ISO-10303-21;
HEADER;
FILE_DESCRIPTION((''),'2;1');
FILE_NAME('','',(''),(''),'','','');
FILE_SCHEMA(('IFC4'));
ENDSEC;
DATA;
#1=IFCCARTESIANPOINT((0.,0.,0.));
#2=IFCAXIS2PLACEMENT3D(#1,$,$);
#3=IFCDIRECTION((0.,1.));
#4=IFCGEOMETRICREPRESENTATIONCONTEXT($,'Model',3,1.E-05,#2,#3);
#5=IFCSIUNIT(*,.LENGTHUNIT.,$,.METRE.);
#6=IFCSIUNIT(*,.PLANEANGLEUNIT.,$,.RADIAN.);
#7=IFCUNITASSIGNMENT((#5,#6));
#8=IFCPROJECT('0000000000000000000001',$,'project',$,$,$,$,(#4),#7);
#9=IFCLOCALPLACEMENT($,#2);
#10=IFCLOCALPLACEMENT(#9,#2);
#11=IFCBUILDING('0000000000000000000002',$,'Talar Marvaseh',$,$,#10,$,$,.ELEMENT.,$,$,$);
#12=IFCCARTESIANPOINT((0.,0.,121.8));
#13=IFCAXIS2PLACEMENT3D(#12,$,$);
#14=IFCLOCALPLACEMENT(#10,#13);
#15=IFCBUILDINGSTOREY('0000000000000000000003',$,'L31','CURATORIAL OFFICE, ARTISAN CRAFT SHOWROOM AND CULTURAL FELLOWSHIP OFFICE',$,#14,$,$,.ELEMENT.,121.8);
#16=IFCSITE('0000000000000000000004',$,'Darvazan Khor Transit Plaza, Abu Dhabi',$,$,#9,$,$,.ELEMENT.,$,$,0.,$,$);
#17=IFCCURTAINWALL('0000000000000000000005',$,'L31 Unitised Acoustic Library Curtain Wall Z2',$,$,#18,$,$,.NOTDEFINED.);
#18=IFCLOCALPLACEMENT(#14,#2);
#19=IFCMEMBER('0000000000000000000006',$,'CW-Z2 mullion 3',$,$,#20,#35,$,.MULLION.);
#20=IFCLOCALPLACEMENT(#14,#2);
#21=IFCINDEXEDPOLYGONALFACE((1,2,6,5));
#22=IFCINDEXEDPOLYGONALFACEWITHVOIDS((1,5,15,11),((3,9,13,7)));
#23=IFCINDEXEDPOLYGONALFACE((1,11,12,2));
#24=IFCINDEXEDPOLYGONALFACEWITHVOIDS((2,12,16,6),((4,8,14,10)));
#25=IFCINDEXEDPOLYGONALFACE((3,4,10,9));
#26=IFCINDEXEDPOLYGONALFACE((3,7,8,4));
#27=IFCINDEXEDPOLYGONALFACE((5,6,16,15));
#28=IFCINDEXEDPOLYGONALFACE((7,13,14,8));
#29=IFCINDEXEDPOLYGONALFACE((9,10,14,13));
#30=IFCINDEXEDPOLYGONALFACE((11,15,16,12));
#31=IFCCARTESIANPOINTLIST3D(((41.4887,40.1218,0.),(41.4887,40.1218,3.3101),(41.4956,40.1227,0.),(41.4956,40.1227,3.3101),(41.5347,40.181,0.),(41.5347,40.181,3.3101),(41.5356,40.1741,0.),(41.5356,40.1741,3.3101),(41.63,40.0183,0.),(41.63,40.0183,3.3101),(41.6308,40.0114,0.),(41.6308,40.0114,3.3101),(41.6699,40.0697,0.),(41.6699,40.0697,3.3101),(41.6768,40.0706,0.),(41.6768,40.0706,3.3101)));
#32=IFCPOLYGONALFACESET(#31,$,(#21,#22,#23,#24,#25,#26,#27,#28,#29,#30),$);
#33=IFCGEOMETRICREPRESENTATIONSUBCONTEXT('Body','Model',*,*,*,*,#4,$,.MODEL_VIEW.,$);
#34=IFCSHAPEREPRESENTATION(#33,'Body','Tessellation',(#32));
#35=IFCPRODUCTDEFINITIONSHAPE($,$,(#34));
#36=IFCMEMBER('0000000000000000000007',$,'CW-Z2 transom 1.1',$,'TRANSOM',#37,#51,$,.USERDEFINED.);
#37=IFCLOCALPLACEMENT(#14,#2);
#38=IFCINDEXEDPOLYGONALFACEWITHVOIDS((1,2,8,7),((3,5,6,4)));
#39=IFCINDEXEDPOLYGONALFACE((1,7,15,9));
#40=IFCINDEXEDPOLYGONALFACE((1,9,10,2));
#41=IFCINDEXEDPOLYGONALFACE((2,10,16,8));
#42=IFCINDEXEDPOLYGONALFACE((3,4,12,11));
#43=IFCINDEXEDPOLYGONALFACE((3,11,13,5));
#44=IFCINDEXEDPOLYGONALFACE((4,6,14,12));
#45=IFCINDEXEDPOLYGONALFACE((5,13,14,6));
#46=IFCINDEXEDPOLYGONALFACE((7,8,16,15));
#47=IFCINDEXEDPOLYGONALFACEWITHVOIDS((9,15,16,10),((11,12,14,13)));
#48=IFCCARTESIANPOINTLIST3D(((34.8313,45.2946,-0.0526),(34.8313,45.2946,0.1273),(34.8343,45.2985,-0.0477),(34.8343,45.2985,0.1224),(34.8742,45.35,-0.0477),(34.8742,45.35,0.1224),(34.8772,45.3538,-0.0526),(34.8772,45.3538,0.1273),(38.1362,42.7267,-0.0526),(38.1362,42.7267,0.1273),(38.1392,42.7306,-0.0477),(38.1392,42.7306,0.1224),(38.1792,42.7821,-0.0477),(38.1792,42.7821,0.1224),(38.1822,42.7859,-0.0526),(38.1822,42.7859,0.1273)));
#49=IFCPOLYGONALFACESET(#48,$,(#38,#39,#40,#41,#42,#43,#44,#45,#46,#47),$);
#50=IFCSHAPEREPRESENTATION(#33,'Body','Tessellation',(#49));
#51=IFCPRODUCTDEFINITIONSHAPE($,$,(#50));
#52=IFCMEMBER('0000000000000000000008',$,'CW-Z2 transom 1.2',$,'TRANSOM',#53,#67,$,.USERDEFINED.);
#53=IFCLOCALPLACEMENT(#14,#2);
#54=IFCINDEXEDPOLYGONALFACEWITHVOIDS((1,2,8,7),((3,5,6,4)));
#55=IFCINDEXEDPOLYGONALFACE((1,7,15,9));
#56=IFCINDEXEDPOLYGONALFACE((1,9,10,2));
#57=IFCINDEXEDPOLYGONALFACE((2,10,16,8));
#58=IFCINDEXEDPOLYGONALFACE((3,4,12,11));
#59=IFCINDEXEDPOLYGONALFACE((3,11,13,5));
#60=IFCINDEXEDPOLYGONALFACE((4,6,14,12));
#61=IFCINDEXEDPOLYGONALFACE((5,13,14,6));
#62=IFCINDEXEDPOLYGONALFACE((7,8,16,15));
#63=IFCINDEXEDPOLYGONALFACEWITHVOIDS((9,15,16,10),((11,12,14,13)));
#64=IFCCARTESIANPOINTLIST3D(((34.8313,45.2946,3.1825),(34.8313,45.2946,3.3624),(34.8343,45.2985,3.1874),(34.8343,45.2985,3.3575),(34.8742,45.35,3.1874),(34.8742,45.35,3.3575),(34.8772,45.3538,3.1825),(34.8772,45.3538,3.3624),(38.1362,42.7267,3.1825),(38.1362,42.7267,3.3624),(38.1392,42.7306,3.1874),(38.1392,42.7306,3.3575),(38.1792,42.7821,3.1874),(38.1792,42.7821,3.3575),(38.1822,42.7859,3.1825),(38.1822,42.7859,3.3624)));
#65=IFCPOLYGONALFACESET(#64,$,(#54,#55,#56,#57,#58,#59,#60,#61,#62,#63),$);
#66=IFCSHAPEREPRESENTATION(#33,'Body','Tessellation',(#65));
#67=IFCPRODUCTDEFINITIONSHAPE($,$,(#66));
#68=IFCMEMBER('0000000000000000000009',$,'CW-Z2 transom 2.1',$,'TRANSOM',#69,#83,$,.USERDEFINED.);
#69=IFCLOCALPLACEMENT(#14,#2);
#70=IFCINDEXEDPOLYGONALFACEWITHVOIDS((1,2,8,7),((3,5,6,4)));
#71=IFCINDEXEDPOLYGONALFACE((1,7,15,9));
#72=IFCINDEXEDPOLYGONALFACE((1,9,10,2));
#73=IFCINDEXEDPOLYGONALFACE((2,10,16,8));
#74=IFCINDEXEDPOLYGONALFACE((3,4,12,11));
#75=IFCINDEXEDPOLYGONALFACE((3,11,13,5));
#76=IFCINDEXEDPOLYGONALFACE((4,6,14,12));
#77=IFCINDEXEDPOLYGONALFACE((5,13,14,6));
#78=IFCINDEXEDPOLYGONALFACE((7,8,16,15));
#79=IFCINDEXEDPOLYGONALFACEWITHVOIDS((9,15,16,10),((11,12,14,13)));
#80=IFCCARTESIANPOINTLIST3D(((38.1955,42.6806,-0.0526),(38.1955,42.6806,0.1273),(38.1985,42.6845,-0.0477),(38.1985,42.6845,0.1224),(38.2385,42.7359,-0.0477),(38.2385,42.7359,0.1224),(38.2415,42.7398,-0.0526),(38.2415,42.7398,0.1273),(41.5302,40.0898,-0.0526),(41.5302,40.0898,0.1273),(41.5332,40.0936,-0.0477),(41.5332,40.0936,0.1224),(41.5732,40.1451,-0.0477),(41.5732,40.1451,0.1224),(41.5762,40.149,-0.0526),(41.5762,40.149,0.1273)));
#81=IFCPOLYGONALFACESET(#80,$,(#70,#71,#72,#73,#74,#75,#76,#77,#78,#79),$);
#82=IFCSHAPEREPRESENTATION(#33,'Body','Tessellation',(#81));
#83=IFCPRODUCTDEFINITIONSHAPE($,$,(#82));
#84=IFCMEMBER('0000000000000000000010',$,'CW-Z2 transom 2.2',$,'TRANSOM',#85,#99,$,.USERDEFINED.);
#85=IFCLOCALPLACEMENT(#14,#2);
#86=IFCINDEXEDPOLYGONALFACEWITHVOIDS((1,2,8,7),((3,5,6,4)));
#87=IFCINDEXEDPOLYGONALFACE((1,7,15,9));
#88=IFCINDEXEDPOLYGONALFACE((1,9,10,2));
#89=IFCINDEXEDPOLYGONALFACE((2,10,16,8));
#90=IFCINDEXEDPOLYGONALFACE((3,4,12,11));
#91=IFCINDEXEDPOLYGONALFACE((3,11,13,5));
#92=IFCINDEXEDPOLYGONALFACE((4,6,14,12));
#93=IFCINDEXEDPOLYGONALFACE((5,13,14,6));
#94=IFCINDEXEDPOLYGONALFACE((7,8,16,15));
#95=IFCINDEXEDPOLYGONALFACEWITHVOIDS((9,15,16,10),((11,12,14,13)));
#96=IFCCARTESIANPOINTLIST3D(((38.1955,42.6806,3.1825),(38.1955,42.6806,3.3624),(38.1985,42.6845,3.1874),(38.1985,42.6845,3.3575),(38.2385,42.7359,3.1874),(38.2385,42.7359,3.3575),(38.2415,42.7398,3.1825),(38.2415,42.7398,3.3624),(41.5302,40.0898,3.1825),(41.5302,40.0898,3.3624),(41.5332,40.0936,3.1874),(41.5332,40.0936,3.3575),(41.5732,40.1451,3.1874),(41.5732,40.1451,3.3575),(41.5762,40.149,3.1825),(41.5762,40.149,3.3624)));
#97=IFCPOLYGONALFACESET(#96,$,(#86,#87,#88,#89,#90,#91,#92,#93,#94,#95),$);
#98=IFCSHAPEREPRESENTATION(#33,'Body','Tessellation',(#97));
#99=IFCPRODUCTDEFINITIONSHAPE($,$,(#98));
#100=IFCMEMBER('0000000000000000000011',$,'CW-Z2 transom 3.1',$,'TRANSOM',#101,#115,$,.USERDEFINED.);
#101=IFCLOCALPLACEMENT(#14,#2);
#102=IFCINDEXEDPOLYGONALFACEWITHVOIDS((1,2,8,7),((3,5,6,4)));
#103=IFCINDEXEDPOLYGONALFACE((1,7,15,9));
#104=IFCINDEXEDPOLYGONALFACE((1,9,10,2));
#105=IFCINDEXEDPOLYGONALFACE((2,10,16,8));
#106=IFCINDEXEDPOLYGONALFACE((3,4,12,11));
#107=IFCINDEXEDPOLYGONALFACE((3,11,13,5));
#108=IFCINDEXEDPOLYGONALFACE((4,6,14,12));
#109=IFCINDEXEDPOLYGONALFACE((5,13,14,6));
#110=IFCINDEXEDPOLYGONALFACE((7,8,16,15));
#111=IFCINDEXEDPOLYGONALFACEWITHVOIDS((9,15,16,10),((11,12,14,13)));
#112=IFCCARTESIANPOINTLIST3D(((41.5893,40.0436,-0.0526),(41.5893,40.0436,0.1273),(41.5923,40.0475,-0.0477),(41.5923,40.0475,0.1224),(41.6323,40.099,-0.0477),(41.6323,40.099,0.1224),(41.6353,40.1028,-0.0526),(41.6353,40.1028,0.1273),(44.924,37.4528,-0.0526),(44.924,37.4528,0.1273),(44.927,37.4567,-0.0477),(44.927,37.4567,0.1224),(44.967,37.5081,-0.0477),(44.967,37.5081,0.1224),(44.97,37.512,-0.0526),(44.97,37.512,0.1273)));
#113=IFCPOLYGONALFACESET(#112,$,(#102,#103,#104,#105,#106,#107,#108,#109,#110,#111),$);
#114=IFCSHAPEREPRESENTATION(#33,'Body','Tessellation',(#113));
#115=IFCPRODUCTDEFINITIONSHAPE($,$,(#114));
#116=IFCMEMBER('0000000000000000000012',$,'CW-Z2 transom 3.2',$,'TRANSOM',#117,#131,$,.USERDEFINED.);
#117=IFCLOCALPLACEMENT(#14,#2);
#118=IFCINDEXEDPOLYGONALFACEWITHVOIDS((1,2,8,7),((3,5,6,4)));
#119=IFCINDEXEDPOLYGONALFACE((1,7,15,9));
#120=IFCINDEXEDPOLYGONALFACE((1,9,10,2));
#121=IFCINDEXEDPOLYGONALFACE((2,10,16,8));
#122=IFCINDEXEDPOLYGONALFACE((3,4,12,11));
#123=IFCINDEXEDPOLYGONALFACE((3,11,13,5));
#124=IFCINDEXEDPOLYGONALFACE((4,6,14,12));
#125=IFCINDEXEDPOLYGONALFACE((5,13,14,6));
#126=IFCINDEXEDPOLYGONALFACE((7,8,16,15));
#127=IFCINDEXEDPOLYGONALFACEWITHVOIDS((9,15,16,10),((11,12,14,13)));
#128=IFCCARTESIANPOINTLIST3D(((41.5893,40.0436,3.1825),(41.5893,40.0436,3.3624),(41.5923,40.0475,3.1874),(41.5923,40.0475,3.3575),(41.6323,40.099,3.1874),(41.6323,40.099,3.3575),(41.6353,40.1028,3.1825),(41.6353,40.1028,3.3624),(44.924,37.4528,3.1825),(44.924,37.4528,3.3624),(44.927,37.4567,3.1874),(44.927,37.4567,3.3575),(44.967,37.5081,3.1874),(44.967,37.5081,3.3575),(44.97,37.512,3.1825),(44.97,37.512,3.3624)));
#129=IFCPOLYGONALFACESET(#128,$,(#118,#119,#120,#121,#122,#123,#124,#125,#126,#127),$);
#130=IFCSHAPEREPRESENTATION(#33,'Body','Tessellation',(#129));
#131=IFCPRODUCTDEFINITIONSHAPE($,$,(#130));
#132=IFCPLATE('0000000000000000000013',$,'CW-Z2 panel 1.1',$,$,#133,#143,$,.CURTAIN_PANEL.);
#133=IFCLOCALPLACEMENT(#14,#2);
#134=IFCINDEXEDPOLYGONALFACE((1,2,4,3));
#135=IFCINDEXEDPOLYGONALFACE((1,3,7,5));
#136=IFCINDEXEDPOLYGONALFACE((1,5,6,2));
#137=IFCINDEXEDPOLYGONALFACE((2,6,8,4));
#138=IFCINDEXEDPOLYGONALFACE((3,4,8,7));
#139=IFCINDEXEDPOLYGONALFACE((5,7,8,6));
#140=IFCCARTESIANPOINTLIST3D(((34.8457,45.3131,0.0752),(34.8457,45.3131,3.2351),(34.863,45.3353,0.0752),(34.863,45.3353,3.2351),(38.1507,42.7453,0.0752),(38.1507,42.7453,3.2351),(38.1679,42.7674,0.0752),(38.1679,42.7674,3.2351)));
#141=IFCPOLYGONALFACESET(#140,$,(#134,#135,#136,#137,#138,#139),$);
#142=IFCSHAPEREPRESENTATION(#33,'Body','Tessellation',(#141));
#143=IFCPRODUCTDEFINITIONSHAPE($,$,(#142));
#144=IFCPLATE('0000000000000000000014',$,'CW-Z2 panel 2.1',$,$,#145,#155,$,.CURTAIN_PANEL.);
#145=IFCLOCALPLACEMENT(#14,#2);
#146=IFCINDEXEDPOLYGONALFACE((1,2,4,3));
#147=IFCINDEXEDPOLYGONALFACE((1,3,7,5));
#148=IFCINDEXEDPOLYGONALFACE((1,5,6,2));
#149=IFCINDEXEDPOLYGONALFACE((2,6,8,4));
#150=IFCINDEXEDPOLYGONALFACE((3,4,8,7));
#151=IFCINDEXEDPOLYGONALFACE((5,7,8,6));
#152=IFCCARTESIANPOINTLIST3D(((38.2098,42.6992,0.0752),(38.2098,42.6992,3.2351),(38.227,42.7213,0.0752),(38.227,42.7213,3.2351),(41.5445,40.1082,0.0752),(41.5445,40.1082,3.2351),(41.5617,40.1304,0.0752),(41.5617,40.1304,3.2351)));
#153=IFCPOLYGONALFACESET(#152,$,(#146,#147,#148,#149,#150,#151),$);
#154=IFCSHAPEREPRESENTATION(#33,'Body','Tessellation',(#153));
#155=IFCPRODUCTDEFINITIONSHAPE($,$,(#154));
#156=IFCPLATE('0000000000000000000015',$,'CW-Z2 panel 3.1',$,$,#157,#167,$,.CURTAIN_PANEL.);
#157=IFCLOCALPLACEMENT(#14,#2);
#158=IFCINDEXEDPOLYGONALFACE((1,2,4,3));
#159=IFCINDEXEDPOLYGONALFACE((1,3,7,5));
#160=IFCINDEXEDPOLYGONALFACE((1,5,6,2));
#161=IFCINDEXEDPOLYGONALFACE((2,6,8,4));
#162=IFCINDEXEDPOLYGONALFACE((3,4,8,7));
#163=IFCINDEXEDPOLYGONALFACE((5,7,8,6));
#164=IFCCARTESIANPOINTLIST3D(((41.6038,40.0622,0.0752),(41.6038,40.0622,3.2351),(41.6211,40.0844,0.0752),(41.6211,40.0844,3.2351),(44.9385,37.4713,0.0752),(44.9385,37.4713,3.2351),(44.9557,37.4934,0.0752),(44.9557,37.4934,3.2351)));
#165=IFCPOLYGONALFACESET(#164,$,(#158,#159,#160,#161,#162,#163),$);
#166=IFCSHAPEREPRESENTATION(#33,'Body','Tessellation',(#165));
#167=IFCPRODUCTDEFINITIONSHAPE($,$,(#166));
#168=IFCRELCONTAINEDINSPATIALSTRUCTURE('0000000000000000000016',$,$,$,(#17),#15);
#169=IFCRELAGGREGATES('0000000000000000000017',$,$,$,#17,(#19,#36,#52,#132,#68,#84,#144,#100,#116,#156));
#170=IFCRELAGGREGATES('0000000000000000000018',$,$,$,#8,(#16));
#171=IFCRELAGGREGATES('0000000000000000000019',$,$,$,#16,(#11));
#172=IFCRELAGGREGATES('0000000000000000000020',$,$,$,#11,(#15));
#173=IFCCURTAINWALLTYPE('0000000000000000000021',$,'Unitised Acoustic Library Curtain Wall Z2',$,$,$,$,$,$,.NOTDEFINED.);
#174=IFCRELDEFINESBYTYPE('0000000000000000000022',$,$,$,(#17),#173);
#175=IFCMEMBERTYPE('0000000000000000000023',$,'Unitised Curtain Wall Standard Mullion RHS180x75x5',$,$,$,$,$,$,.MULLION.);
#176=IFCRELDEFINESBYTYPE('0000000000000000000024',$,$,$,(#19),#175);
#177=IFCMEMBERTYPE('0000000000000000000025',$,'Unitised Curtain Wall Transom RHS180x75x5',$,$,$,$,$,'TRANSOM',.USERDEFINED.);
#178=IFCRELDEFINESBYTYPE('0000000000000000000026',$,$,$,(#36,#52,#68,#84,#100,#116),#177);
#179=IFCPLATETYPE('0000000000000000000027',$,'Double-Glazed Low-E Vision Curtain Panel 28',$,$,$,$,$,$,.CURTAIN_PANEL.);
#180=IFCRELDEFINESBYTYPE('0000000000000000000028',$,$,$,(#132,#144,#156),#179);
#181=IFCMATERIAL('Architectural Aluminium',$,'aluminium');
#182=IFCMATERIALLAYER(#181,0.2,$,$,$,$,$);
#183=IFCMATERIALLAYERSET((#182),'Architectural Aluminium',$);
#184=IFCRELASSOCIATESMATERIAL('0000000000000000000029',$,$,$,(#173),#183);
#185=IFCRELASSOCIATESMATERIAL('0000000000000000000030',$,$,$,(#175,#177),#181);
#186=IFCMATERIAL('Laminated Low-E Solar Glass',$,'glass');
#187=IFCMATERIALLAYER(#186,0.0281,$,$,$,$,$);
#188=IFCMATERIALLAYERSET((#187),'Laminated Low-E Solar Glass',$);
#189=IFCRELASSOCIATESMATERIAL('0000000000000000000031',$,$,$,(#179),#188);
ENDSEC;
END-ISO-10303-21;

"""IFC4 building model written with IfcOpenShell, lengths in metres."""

from ifc_helpers import new_model, si_unit, direction, frame, origin, origin_2d, place, context, subcontext, project, spatial, rectangle, hollow_rectangle, extrude, source, transform, mapped, material, layer, layer_set, material_profile, profile_set, type_object, type_shapes, element, aggregate, save


model = new_model("IFC4")

# Units and contexts
model_context = context("Model", 3, precision=1e-05, world=origin(), true_north=direction((0.0, 1.0)))
body_context = subcontext(model_context, "Body", "Model", "MODEL_VIEW")
ifc_project = project(units=[si_unit("LENGTHUNIT", "METRE"), si_unit("PLANEANGLEUNIT", "RADIAN")], contexts=[model_context])

# Site, building, storey
site_placement = place(None, origin())
site = spatial("IfcSite", under=ifc_project, at=site_placement, Name="Darvazan Khor Transit Plaza, Abu Dhabi", CompositionType="ELEMENT", RefElevation=0.0)
building_placement = place(site_placement, origin())
building = spatial("IfcBuilding", under=site, at=building_placement, Name="Talar Marvaseh", CompositionType="ELEMENT")
storey_placement = place(building_placement, frame((0.0, 0.0, 121.8)))
storey = spatial("IfcBuildingStorey", under=building, at=storey_placement, Name="L31", Description="CURATORIAL OFFICE, ARTISAN CRAFT SHOWROOM AND CULTURAL FELLOWSHIP OFFICE", CompositionType="ELEMENT", Elevation=121.8)

# Curtain wall, members, plates
ifc_material_1 = material(Name="Architectural Aluminium", Category="aluminium")
ifc_layer_1 = layer(ifc_material_1, 0.2)
ifc_layer_set_1 = layer_set([ifc_layer_1], Name="Architectural Aluminium")
curtain_wall_type = type_object("IfcCurtainWallType", Name="Unitised Acoustic Library Curtain Wall Z2", PredefinedType="NOTDEFINED", material=ifc_layer_set_1)
curtain_wall_placement = place(storey_placement, origin())
curtain_wall = element("IfcCurtainWall", 1, at=curtain_wall_placement, inside=storey, type_object=curtain_wall_type, Name="L31 Unitised Acoustic Library Curtain Wall Z2", PredefinedType="NOTDEFINED")
ifc_material_profile_1 = material_profile(ifc_material_1, hollow_rectangle(XDim=0.075, YDim=0.1799, WallThickness=0.0049, at=origin_2d()), Name="RHS180x75x5")
ifc_profile_set_1 = profile_set([ifc_material_profile_1], Name="Architectural Aluminium")
member_type_1 = type_object("IfcMemberType", Name="Unitised Curtain Wall Standard Mullion RHS180x75x5", PredefinedType="MULLION", material=ifc_profile_set_1)
shared_shape_1 = source(origin(), body_context, "Body", "SweptSolid", [
    extrude(hollow_rectangle(XDim=0.075, YDim=0.1799, WallThickness=0.0049, at=origin_2d()), origin(), (0.0, 0.0, 1.0), 3.3101),
])
type_shapes(member_type_1, [shared_shape_1])
member_1_placement = place(storey_placement, frame((41.5828, 40.0962, 0.0), z_axis=(0.0, 0.0, 1.0), x_axis=(0.613545, 0.78966, 0.0)))
member_1 = element("IfcMember", 2, at=member_1_placement, type_object=member_type_1, Name="CW-Z2 mullion 3", PredefinedType="MULLION", context=body_context, shape_type="MappedRepresentation", body=[
    mapped(shared_shape_1, transform((0.0, 0.0, 0.0), x_axis=(1.0, 0.0, 0.0), y_axis=(0.0, 1.0, 0.0), z_axis=(0.0, 0.0, 1.0), scale=1.0)),
])
ifc_material_profile_2 = material_profile(ifc_material_1, hollow_rectangle(XDim=0.075, YDim=0.1799, WallThickness=0.0049, at=origin_2d()), Name="RHS180x75x5")
ifc_profile_set_2 = profile_set([ifc_material_profile_2], Name="Architectural Aluminium")
member_type_2 = type_object("IfcMemberType", Name="Unitised Curtain Wall Transom RHS180x75x5", ElementType="TRANSOM", PredefinedType="USERDEFINED", material=ifc_profile_set_2)
shared_shape_2 = source(origin(), body_context, "Body", "SweptSolid", [
    extrude(hollow_rectangle(XDim=0.075, YDim=0.1799, WallThickness=0.0049, at=origin_2d()), origin(), (0.0, 0.0, 1.0), 4.1853),
])
member_2_placement = place(storey_placement, frame((34.8542, 45.3242, 0.0374), z_axis=(0.789657, -0.613549, 0.0), x_axis=(0.613549, 0.789657, 0.0)))
member_2 = element("IfcMember", 3, at=member_2_placement, type_object=member_type_2, Name="CW-Z2 transom 1.1", ObjectType="TRANSOM", PredefinedType="USERDEFINED", context=body_context, shape_type="MappedRepresentation", body=[
    mapped(shared_shape_2, transform((0.0, 0.0, 0.0), x_axis=(1.0, 0.0, 0.0), y_axis=(0.0, 1.0, 0.0), z_axis=(0.0, 0.0, 1.0), scale=1.0)),
])
member_3_placement = place(storey_placement, frame((34.8542, 45.3242, 3.2725), z_axis=(0.789657, -0.613549, 0.0), x_axis=(0.613549, 0.789657, 0.0)))
member_3 = element("IfcMember", 4, at=member_3_placement, type_object=member_type_2, Name="CW-Z2 transom 1.2", ObjectType="TRANSOM", PredefinedType="USERDEFINED", context=body_context, shape_type="MappedRepresentation", body=[
    mapped(shared_shape_2, transform((0.0, 0.0, 0.0), x_axis=(1.0, 0.0, 0.0), y_axis=(0.0, 1.0, 0.0), z_axis=(0.0, 0.0, 1.0), scale=1.0)),
])
shared_shape_3 = source(origin(), body_context, "Body", "SweptSolid", [
    extrude(hollow_rectangle(XDim=0.075, YDim=0.1799, WallThickness=0.0049, at=origin_2d()), origin(), (0.0, 0.0, 1.0), 4.2229),
])
type_shapes(member_type_2, [shared_shape_2, shared_shape_3])
member_4_placement = place(storey_placement, frame((38.2185, 42.7102, 0.0374), z_axis=(0.789679, -0.61352, 0.0), x_axis=(0.61352, 0.789679, 0.0)))
member_4 = element("IfcMember", 5, at=member_4_placement, type_object=member_type_2, Name="CW-Z2 transom 2.1", ObjectType="TRANSOM", PredefinedType="USERDEFINED", context=body_context, shape_type="MappedRepresentation", body=[
    mapped(shared_shape_3, transform((0.0, 0.0, 0.0), x_axis=(1.0, 0.0, 0.0), y_axis=(0.0, 1.0, 0.0), z_axis=(0.0, 0.0, 1.0), scale=1.0)),
])
member_5_placement = place(storey_placement, frame((38.2185, 42.7102, 3.2725), z_axis=(0.789679, -0.61352, 0.0), x_axis=(0.61352, 0.789679, 0.0)))
member_5 = element("IfcMember", 6, at=member_5_placement, type_object=member_type_2, Name="CW-Z2 transom 2.2", ObjectType="TRANSOM", PredefinedType="USERDEFINED", context=body_context, shape_type="MappedRepresentation", body=[
    mapped(shared_shape_3, transform((0.0, 0.0, 0.0), x_axis=(1.0, 0.0, 0.0), y_axis=(0.0, 1.0, 0.0), z_axis=(0.0, 0.0, 1.0), scale=1.0)),
])
member_6_placement = place(storey_placement, frame((41.6123, 40.0732, 0.0374), z_axis=(0.789679, -0.61352, 0.0), x_axis=(0.61352, 0.789679, 0.0)))
member_6 = element("IfcMember", 7, at=member_6_placement, type_object=member_type_2, Name="CW-Z2 transom 3.1", ObjectType="TRANSOM", PredefinedType="USERDEFINED", context=body_context, shape_type="MappedRepresentation", body=[
    mapped(shared_shape_3, transform((0.0, 0.0, 0.0), x_axis=(1.0, 0.0, 0.0), y_axis=(0.0, 1.0, 0.0), z_axis=(0.0, 0.0, 1.0), scale=1.0)),
])
member_7_placement = place(storey_placement, frame((41.6123, 40.0732, 3.2725), z_axis=(0.789679, -0.61352, 0.0), x_axis=(0.61352, 0.789679, 0.0)))
member_7 = element("IfcMember", 8, at=member_7_placement, type_object=member_type_2, Name="CW-Z2 transom 3.2", ObjectType="TRANSOM", PredefinedType="USERDEFINED", context=body_context, shape_type="MappedRepresentation", body=[
    mapped(shared_shape_3, transform((0.0, 0.0, 0.0), x_axis=(1.0, 0.0, 0.0), y_axis=(0.0, 1.0, 0.0), z_axis=(0.0, 0.0, 1.0), scale=1.0)),
])
ifc_material_2 = material(Name="Laminated Low-E Solar Glass", Category="glass")
ifc_layer_2 = layer(ifc_material_2, 0.0281)
ifc_layer_set_2 = layer_set([ifc_layer_2], Name="Laminated Low-E Solar Glass")
plate_type = type_object("IfcPlateType", Name="Double-Glazed Low-E Vision Curtain Panel 28", PredefinedType="CURTAIN_PANEL", material=ifc_layer_set_2)
shared_shape_4 = source(origin(), body_context, "Body", "SweptSolid", [
    extrude(rectangle(XDim=4.1853, YDim=0.0281, at=origin_2d()), origin(), (0.0, 0.0, 1.0), 3.1599),
])
plate_1_placement = place(storey_placement, frame((36.5068, 44.0403, 0.0752), z_axis=(0.0, 0.0, 1.0), x_axis=(0.78966, -0.613545, 0.0)))
plate_1 = element("IfcPlate", 9, at=plate_1_placement, type_object=plate_type, Name="CW-Z2 panel 1.1", PredefinedType="CURTAIN_PANEL", context=body_context, shape_type="MappedRepresentation", body=[
    mapped(shared_shape_4, transform((0.0, 0.0, 0.0), x_axis=(1.0, 0.0, 0.0), y_axis=(0.0, 1.0, 0.0), z_axis=(0.0, 0.0, 1.0), scale=1.0)),
])
shared_shape_5 = source(origin(), body_context, "Body", "SweptSolid", [
    extrude(rectangle(XDim=4.2229, YDim=0.0281, at=origin_2d()), origin(), (0.0, 0.0, 1.0), 3.1599),
])
type_shapes(plate_type, [shared_shape_4, shared_shape_5])
plate_2_placement = place(storey_placement, frame((39.8857, 41.4148, 0.0752), z_axis=(0.0, 0.0, 1.0), x_axis=(0.78966, -0.613545, 0.0)))
plate_2 = element("IfcPlate", 10, at=plate_2_placement, type_object=plate_type, Name="CW-Z2 panel 2.1", PredefinedType="CURTAIN_PANEL", context=body_context, shape_type="MappedRepresentation", body=[
    mapped(shared_shape_5, transform((0.0, 0.0, 0.0), x_axis=(1.0, 0.0, 0.0), y_axis=(0.0, 1.0, 0.0), z_axis=(0.0, 0.0, 1.0), scale=1.0)),
])
plate_3_placement = place(storey_placement, frame((43.2798, 38.7778, 0.0752), z_axis=(0.0, 0.0, 1.0), x_axis=(0.78966, -0.613545, 0.0)))
plate_3 = element("IfcPlate", 11, at=plate_3_placement, type_object=plate_type, Name="CW-Z2 panel 3.1", PredefinedType="CURTAIN_PANEL", context=body_context, shape_type="MappedRepresentation", body=[
    mapped(shared_shape_5, transform((0.0, 0.0, 0.0), x_axis=(1.0, 0.0, 0.0), y_axis=(0.0, 1.0, 0.0), z_axis=(0.0, 0.0, 1.0), scale=1.0)),
])
aggregate(curtain_wall, [member_1, member_2, member_3, plate_1, member_4, member_5, plate_2, member_6, member_7, plate_3])

save(model, "model.ifc")
